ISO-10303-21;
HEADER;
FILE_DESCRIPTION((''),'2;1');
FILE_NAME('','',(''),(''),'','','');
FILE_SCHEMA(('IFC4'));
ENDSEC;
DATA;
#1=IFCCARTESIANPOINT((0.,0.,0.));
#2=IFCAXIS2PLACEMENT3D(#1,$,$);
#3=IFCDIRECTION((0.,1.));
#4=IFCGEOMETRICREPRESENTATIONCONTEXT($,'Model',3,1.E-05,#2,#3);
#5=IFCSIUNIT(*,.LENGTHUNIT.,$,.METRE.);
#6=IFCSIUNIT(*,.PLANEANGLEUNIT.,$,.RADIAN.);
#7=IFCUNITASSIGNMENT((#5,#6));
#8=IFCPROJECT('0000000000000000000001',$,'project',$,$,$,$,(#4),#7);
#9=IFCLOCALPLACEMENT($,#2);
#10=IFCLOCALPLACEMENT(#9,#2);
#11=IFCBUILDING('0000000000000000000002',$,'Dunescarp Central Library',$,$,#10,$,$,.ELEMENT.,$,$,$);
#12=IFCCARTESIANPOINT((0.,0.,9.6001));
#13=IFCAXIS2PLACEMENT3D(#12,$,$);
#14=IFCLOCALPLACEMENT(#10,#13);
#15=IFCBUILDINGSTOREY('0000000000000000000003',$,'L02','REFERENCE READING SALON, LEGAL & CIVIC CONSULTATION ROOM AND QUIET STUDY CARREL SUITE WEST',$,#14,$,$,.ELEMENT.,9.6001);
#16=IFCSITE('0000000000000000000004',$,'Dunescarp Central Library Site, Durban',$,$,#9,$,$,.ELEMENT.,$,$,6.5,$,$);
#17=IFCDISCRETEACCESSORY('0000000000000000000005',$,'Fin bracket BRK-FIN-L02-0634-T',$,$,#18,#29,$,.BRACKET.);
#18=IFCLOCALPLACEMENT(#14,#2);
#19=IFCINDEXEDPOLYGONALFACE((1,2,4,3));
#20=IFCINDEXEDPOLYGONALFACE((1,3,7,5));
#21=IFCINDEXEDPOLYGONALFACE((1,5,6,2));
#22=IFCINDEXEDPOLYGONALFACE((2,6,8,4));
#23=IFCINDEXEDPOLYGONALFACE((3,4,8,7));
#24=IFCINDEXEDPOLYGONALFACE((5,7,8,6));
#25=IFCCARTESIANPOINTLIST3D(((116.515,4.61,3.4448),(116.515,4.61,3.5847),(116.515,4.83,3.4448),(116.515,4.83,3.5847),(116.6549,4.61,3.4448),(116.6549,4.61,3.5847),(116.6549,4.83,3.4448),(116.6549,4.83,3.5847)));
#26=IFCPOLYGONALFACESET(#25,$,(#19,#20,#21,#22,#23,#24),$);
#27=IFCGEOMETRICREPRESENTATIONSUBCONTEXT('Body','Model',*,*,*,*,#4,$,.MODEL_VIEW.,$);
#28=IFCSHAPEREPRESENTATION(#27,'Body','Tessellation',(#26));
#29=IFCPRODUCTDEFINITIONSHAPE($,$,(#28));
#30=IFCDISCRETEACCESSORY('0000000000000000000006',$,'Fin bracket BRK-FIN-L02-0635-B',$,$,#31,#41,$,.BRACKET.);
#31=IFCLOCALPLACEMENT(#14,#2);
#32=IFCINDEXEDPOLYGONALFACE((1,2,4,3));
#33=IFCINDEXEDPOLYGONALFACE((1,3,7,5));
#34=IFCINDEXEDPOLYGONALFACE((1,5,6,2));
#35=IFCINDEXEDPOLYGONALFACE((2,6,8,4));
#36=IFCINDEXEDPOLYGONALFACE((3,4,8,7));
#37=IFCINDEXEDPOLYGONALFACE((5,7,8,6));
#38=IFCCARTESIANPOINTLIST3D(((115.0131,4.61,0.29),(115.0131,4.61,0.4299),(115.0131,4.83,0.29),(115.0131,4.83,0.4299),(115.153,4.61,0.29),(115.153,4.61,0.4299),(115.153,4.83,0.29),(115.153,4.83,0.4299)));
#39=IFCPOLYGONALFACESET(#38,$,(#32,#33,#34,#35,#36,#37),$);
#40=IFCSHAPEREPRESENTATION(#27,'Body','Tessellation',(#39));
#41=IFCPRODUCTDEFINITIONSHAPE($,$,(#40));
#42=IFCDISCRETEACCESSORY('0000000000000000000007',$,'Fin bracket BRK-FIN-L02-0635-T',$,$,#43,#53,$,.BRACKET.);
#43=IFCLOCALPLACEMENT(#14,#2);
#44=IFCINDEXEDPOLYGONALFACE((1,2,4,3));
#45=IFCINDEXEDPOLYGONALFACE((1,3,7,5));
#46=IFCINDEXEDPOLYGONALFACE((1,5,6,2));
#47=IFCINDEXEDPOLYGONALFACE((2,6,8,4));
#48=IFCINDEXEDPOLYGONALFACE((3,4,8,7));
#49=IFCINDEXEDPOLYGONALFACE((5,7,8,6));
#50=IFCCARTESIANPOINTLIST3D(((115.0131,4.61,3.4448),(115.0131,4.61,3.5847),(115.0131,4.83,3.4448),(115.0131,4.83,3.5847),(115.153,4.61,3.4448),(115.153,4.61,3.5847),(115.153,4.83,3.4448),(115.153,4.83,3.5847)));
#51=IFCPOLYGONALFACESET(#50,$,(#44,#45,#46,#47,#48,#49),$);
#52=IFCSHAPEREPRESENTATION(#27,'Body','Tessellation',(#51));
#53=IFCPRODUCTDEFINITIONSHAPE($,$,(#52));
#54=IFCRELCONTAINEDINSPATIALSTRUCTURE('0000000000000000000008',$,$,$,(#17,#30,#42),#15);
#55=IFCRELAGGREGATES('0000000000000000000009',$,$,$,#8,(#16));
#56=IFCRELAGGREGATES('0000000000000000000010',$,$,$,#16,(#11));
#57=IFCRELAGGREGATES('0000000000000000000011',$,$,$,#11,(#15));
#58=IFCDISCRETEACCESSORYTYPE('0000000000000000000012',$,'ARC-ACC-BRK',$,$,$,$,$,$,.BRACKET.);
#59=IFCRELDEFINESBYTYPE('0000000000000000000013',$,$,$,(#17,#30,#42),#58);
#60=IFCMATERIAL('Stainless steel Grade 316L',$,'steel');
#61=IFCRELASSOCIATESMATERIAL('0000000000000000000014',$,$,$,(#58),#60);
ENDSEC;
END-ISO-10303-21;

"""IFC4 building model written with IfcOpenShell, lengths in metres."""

from ifc_helpers import new_model, si_unit, direction, frame, origin, origin_2d, place, context, subcontext, project, spatial, rectangle, extrude, material, type_object, element, save


model = new_model("IFC4")

# Units and contexts
model_context = context("Model", 3, precision=1e-05, world=origin(), true_north=direction((0.0, 1.0)))
body_context = subcontext(model_context, "Body", "Model", "MODEL_VIEW")
ifc_project = project(units=[si_unit("LENGTHUNIT", "METRE"), si_unit("PLANEANGLEUNIT", "RADIAN")], contexts=[model_context])

# Site, building, storey
site_placement = place(None, origin())
site = spatial("IfcSite", under=ifc_project, at=site_placement, Name="Dunescarp Central Library Site, Durban", CompositionType="ELEMENT", RefElevation=6.5)
building_placement = place(site_placement, origin())
building = spatial("IfcBuilding", under=site, at=building_placement, Name="Dunescarp Central Library", CompositionType="ELEMENT")
storey_placement = place(building_placement, frame((0.0, 0.0, 9.6001)))
storey = spatial("IfcBuildingStorey", under=building, at=storey_placement, Name="L02", Description="REFERENCE READING SALON, LEGAL & CIVIC CONSULTATION ROOM AND QUIET STUDY CARREL SUITE WEST", CompositionType="ELEMENT", Elevation=9.6001)

# Discrete accessories
ifc_material_1 = material(Name="Stainless steel Grade 316L", Category="steel")
discrete_accessory_type = type_object("IfcDiscreteAccessoryType", Name="ARC-ACC-BRK", PredefinedType="BRACKET", material=ifc_material_1)
for number, where, z_axis, x_axis, name in (
    (1, (116.585, 4.72, 3.4448), (0.0, 0.0, 1.0), (0.0, -1.0, 0.0), "Fin bracket BRK-FIN-L02-0634-T"),
    (2, (115.083, 4.72, 0.29), (0.0, 0.0, 1.0), (0.0, -1.0, 0.0), "Fin bracket BRK-FIN-L02-0635-B"),
    (3, (115.083, 4.72, 3.4448), (0.0, 0.0, 1.0), (0.0, -1.0, 0.0), "Fin bracket BRK-FIN-L02-0635-T"),
):
    element("IfcDiscreteAccessory", number, at=place(storey_placement, frame(where, z_axis=z_axis, x_axis=x_axis)), inside=storey, type_object=discrete_accessory_type, Name=name, PredefinedType="BRACKET", context=body_context, shape_type="SweptSolid", body=[
        extrude(rectangle(XDim=0.22, YDim=0.1399, at=origin_2d()), origin(), (0.0, 0.0, 1.0), 0.1399),
    ])

save(model, "model.ifc")
